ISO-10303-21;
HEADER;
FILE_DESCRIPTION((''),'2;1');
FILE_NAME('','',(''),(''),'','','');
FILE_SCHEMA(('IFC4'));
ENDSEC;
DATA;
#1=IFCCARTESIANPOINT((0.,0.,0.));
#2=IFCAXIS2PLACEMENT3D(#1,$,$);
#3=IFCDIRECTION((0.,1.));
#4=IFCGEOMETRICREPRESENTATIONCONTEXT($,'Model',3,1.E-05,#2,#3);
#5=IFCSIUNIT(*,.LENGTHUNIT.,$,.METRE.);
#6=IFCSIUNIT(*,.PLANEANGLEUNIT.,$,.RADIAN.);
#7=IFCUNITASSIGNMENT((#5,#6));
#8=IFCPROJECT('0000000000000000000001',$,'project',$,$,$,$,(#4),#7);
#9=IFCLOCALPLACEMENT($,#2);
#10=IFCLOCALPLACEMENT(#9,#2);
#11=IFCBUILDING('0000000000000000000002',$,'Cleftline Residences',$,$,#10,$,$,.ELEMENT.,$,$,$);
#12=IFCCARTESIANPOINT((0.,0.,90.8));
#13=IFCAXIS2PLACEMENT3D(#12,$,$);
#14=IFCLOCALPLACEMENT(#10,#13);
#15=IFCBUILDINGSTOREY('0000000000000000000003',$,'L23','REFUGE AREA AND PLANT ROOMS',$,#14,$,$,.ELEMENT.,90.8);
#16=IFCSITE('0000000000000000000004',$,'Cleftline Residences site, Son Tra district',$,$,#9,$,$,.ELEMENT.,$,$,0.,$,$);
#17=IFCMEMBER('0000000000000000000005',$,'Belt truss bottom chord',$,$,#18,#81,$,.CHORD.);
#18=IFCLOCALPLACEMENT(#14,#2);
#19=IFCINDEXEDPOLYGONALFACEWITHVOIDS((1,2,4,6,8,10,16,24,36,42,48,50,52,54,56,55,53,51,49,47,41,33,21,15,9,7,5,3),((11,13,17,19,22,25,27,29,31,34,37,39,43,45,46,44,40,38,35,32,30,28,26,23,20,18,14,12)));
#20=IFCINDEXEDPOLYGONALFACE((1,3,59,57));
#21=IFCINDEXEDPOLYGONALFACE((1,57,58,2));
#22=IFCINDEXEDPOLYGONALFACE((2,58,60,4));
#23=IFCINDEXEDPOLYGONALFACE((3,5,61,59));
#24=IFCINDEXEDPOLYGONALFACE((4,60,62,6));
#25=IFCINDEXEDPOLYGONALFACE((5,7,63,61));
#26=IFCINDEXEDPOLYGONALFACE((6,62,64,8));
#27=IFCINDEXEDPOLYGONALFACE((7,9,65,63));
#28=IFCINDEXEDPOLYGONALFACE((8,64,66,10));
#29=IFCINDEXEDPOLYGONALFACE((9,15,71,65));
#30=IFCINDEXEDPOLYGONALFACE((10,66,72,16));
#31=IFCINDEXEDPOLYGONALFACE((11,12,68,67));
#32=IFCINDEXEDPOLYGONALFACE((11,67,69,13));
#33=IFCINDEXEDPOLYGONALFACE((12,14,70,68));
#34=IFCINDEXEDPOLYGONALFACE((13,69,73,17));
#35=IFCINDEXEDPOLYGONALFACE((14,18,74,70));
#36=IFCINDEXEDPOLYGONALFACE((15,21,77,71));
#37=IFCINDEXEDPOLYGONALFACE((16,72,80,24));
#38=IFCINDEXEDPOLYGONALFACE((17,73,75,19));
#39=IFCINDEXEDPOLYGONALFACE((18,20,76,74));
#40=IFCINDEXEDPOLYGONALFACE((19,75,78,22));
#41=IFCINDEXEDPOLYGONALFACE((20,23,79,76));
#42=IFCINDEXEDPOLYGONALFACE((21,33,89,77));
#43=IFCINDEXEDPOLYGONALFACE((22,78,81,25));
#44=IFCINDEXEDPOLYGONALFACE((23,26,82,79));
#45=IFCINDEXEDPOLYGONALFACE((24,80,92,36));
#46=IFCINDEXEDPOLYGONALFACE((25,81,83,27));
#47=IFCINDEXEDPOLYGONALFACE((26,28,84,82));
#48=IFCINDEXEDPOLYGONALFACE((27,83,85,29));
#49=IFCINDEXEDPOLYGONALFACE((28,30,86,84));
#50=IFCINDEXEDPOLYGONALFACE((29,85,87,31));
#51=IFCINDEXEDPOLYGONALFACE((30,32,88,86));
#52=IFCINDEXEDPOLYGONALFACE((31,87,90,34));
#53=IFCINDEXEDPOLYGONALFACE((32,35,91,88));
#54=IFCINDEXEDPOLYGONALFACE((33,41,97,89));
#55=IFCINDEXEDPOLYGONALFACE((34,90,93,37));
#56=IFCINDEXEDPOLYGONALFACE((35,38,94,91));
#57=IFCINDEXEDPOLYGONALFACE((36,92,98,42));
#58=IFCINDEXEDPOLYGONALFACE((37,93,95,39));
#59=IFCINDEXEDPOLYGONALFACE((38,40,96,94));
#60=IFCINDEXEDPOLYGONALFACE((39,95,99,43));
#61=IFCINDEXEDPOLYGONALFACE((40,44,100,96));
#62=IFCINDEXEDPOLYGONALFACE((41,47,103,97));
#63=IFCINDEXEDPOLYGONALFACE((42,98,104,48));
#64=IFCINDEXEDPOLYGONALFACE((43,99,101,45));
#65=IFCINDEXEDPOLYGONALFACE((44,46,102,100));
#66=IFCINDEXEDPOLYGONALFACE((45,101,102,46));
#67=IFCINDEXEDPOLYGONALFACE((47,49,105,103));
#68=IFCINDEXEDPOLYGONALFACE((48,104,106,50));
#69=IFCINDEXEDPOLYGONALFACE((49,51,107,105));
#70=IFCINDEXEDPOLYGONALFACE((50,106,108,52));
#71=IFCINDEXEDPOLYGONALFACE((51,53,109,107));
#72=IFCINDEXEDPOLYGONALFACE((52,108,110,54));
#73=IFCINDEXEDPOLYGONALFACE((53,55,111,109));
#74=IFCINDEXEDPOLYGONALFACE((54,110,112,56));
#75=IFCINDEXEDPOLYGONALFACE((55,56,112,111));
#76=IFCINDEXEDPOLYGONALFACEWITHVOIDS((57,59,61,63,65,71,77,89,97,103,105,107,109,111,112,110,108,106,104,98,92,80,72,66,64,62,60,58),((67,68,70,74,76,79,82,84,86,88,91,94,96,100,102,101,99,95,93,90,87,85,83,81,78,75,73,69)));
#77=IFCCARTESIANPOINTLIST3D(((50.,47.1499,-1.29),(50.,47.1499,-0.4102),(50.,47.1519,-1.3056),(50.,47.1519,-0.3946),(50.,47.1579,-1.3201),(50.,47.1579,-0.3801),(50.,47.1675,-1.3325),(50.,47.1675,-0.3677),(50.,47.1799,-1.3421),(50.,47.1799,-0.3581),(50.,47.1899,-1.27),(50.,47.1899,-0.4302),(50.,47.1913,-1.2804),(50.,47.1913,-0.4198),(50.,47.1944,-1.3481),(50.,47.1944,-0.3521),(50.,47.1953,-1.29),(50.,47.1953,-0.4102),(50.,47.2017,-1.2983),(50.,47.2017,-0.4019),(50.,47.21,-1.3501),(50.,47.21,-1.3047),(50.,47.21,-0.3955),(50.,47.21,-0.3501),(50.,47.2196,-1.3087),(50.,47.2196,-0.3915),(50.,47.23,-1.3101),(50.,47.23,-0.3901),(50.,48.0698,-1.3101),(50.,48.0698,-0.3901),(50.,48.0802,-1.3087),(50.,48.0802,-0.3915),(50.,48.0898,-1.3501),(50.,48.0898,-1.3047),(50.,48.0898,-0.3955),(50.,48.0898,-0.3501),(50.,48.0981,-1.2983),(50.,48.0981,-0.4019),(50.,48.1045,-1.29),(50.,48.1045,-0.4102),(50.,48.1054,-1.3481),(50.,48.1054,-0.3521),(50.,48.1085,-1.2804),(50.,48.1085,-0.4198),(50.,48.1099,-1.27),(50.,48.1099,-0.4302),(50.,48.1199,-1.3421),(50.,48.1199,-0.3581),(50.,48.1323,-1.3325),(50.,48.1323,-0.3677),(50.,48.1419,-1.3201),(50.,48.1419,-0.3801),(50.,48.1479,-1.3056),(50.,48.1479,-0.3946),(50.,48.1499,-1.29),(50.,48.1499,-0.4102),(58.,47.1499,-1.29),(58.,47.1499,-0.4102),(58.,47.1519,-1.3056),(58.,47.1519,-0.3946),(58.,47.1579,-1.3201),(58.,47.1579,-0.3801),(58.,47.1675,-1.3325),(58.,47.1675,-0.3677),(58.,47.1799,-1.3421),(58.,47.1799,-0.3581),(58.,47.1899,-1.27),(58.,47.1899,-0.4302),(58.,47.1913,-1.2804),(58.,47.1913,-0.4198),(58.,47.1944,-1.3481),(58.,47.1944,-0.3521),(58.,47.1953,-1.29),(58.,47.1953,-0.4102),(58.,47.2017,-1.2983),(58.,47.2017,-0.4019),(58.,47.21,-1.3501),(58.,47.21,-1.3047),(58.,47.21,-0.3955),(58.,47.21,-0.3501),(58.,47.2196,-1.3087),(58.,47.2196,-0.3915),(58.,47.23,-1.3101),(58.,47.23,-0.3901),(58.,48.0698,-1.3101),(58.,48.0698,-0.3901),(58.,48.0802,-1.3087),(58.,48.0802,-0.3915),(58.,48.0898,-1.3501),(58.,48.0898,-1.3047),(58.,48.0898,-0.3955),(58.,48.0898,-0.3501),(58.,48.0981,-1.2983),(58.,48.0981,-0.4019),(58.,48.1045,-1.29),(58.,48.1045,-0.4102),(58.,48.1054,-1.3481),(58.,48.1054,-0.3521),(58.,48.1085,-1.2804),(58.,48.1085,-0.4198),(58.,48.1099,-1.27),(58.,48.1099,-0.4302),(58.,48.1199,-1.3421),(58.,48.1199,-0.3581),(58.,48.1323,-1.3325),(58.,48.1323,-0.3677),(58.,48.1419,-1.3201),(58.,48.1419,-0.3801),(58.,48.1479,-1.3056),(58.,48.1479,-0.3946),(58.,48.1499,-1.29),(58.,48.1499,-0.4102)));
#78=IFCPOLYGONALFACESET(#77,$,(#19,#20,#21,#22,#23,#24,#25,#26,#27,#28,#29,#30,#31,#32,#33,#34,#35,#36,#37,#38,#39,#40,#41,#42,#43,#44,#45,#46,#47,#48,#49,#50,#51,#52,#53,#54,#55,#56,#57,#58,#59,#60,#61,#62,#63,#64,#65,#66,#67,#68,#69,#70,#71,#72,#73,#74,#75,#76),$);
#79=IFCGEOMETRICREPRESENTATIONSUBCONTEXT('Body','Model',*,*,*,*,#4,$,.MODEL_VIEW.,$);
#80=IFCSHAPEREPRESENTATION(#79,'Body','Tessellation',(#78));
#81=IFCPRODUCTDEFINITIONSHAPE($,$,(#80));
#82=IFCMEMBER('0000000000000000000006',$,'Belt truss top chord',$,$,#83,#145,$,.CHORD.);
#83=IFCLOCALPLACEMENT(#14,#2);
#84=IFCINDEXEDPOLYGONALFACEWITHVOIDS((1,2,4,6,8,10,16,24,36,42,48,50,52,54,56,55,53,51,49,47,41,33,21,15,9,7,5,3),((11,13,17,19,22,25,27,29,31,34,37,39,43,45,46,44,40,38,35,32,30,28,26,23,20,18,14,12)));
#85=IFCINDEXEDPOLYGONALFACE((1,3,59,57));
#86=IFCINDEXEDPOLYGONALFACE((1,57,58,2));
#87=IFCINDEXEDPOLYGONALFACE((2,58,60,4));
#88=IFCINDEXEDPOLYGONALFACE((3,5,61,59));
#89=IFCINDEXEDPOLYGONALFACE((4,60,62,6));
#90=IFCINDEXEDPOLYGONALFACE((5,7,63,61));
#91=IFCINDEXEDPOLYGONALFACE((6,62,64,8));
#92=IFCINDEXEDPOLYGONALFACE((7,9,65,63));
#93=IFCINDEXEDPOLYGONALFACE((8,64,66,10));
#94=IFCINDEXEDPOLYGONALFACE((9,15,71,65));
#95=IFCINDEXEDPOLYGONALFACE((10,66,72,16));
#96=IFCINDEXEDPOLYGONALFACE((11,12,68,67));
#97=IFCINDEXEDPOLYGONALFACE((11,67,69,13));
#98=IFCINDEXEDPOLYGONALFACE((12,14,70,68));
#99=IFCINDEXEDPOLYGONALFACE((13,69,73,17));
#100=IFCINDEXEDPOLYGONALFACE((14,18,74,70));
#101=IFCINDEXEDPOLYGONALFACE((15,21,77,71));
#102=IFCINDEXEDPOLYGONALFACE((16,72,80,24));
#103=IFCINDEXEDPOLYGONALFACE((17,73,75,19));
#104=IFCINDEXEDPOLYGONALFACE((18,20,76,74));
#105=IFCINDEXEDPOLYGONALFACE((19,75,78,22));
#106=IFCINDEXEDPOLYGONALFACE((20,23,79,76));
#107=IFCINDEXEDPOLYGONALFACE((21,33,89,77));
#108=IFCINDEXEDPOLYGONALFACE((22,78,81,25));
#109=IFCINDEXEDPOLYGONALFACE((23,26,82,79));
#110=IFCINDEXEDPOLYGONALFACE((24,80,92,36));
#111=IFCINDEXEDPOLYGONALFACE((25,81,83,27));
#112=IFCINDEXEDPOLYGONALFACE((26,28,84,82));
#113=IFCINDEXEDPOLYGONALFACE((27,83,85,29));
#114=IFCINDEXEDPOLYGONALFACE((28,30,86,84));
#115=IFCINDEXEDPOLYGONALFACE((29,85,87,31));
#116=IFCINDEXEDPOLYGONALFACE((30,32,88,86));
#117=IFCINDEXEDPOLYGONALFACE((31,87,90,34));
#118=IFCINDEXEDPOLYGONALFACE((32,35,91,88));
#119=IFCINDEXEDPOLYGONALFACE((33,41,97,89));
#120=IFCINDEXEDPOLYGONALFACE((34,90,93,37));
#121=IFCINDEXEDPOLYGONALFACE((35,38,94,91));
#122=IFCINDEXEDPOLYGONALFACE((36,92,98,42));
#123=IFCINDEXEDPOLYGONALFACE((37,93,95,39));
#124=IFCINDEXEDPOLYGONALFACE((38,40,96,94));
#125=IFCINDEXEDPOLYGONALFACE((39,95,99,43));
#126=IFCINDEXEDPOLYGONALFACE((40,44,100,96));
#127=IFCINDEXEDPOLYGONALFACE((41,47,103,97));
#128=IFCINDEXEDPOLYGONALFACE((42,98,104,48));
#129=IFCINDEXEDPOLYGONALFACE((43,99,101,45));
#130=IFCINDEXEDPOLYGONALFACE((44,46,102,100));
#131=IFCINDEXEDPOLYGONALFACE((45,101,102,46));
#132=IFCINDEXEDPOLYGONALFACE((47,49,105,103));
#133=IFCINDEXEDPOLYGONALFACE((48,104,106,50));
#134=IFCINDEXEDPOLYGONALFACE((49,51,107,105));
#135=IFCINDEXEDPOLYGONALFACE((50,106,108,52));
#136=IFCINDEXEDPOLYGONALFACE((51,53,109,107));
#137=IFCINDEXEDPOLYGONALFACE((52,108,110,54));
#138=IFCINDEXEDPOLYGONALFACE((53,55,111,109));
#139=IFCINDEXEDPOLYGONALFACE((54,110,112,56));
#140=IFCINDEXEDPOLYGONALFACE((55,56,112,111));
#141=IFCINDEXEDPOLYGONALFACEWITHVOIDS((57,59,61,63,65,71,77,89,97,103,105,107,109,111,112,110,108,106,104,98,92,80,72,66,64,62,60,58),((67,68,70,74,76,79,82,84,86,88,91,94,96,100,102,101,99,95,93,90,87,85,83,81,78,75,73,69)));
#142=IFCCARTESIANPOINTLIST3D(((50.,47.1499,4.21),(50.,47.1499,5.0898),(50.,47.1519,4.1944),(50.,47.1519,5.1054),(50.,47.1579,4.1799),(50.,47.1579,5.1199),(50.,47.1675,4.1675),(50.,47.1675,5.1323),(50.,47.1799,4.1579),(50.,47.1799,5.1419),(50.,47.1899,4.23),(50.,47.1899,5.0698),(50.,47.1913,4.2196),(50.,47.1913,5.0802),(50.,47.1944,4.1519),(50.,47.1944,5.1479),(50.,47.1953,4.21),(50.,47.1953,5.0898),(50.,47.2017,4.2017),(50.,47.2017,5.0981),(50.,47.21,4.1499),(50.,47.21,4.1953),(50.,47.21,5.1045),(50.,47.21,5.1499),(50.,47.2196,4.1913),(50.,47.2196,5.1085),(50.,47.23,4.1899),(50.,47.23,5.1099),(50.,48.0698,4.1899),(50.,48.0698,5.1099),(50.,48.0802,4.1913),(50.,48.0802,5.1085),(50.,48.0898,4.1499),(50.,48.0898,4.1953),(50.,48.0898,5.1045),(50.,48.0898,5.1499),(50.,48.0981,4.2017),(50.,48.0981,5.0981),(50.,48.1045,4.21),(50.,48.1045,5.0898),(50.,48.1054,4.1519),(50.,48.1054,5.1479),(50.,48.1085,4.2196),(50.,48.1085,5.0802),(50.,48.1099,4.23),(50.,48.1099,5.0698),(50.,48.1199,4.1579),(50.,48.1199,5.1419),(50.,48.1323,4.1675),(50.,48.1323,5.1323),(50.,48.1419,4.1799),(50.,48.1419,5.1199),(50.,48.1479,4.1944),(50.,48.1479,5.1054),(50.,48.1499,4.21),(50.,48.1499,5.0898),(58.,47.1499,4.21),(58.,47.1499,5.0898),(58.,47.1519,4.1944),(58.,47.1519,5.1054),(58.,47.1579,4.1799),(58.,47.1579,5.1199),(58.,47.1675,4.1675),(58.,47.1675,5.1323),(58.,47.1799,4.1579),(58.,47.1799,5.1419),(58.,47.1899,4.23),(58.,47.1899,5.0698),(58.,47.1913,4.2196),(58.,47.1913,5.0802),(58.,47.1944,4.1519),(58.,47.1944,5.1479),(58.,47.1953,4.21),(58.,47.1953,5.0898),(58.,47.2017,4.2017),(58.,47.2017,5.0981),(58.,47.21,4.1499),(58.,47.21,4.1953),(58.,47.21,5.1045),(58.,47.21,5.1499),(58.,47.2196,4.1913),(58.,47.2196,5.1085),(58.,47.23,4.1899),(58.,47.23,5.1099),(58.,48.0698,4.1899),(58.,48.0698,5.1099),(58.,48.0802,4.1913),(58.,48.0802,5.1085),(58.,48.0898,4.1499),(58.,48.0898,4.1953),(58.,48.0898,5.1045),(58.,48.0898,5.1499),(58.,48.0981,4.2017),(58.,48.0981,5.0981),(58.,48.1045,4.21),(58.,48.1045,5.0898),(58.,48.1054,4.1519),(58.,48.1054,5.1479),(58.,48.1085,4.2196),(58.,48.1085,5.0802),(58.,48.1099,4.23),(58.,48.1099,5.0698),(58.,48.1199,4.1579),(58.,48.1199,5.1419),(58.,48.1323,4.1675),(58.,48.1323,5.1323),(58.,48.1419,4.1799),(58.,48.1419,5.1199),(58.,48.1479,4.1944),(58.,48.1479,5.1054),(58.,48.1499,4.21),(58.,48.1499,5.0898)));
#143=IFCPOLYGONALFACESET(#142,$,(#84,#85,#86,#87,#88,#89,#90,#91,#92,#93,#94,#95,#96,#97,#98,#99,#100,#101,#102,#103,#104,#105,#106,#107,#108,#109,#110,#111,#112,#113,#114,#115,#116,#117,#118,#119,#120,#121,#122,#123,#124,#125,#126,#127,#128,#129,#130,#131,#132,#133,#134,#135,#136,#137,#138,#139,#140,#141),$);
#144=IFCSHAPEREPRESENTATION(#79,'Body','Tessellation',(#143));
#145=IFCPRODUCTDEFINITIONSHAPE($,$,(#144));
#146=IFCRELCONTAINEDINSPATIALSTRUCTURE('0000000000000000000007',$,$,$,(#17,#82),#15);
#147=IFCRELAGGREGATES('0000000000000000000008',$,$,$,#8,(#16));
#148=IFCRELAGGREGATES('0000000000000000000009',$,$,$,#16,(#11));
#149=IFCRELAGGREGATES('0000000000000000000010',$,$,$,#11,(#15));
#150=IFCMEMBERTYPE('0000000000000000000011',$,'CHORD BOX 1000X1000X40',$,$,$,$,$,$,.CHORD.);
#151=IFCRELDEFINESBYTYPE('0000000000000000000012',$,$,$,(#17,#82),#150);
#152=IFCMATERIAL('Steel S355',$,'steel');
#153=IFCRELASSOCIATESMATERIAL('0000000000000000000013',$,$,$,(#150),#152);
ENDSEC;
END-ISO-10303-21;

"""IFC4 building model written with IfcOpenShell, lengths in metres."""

from ifc_helpers import new_model, si_unit, direction, frame, origin, origin_2d, place, context, subcontext, project, spatial, hollow_rectangle, extrude, material, material_profile, profile_set, type_object, element, save


model = new_model("IFC4")

# Units and contexts
model_context = context("Model", 3, precision=1e-05, world=origin(), true_north=direction((0.0, 1.0)))
body_context = subcontext(model_context, "Body", "Model", "MODEL_VIEW")
ifc_project = project(units=[si_unit("LENGTHUNIT", "METRE"), si_unit("PLANEANGLEUNIT", "RADIAN")], contexts=[model_context])

# Site, building, storey
site_placement = place(None, origin())
site = spatial("IfcSite", under=ifc_project, at=site_placement, Name="Cleftline Residences site, Son Tra district", CompositionType="ELEMENT", RefElevation=0.0)
building_placement = place(site_placement, origin())
building = spatial("IfcBuilding", under=site, at=building_placement, Name="Cleftline Residences", CompositionType="ELEMENT")
storey_placement = place(building_placement, frame((0.0, 0.0, 90.8)))
storey = spatial("IfcBuildingStorey", under=building, at=storey_placement, Name="L23", Description="REFUGE AREA AND PLANT ROOMS", CompositionType="ELEMENT", Elevation=90.8)

# Members
ifc_material_1 = material(Name="Steel S355", Category="steel")
ifc_material_profile_1 = material_profile(ifc_material_1, hollow_rectangle(XDim=1.0, YDim=1.0, WallThickness=0.04, InnerFilletRadius=0.04, OuterFilletRadius=0.0601, at=origin_2d()))
ifc_profile_set_1 = profile_set([ifc_material_profile_1], Name="Steel S355")
member_type_1 = type_object("IfcMemberType", Name="CHORD BOX 1000X1000X40", PredefinedType="CHORD", material=ifc_profile_set_1)
for number, where, z_axis, x_axis, name in (
    (1, (50.0, 47.6499, -0.8501), (1.0, 0.0, 0.0), (0.0, 1.0, 0.0), "Belt truss bottom chord"),
    (2, (50.0, 47.6499, 4.6499), (1.0, 0.0, 0.0), (0.0, 1.0, 0.0), "Belt truss top chord"),
):
    element("IfcMember", number, at=place(storey_placement, frame(where, z_axis=z_axis, x_axis=x_axis)), inside=storey, type_object=member_type_1, Name=name, PredefinedType="CHORD", context=body_context, shape_type="SweptSolid", body=[
        extrude(hollow_rectangle(XDim=1.0, YDim=1.0, WallThickness=0.04, InnerFilletRadius=0.04, OuterFilletRadius=0.0601, at=origin_2d()), origin(), (0.0, 0.0, 1.0), 8.0),
    ])

save(model, "model.ifc")
